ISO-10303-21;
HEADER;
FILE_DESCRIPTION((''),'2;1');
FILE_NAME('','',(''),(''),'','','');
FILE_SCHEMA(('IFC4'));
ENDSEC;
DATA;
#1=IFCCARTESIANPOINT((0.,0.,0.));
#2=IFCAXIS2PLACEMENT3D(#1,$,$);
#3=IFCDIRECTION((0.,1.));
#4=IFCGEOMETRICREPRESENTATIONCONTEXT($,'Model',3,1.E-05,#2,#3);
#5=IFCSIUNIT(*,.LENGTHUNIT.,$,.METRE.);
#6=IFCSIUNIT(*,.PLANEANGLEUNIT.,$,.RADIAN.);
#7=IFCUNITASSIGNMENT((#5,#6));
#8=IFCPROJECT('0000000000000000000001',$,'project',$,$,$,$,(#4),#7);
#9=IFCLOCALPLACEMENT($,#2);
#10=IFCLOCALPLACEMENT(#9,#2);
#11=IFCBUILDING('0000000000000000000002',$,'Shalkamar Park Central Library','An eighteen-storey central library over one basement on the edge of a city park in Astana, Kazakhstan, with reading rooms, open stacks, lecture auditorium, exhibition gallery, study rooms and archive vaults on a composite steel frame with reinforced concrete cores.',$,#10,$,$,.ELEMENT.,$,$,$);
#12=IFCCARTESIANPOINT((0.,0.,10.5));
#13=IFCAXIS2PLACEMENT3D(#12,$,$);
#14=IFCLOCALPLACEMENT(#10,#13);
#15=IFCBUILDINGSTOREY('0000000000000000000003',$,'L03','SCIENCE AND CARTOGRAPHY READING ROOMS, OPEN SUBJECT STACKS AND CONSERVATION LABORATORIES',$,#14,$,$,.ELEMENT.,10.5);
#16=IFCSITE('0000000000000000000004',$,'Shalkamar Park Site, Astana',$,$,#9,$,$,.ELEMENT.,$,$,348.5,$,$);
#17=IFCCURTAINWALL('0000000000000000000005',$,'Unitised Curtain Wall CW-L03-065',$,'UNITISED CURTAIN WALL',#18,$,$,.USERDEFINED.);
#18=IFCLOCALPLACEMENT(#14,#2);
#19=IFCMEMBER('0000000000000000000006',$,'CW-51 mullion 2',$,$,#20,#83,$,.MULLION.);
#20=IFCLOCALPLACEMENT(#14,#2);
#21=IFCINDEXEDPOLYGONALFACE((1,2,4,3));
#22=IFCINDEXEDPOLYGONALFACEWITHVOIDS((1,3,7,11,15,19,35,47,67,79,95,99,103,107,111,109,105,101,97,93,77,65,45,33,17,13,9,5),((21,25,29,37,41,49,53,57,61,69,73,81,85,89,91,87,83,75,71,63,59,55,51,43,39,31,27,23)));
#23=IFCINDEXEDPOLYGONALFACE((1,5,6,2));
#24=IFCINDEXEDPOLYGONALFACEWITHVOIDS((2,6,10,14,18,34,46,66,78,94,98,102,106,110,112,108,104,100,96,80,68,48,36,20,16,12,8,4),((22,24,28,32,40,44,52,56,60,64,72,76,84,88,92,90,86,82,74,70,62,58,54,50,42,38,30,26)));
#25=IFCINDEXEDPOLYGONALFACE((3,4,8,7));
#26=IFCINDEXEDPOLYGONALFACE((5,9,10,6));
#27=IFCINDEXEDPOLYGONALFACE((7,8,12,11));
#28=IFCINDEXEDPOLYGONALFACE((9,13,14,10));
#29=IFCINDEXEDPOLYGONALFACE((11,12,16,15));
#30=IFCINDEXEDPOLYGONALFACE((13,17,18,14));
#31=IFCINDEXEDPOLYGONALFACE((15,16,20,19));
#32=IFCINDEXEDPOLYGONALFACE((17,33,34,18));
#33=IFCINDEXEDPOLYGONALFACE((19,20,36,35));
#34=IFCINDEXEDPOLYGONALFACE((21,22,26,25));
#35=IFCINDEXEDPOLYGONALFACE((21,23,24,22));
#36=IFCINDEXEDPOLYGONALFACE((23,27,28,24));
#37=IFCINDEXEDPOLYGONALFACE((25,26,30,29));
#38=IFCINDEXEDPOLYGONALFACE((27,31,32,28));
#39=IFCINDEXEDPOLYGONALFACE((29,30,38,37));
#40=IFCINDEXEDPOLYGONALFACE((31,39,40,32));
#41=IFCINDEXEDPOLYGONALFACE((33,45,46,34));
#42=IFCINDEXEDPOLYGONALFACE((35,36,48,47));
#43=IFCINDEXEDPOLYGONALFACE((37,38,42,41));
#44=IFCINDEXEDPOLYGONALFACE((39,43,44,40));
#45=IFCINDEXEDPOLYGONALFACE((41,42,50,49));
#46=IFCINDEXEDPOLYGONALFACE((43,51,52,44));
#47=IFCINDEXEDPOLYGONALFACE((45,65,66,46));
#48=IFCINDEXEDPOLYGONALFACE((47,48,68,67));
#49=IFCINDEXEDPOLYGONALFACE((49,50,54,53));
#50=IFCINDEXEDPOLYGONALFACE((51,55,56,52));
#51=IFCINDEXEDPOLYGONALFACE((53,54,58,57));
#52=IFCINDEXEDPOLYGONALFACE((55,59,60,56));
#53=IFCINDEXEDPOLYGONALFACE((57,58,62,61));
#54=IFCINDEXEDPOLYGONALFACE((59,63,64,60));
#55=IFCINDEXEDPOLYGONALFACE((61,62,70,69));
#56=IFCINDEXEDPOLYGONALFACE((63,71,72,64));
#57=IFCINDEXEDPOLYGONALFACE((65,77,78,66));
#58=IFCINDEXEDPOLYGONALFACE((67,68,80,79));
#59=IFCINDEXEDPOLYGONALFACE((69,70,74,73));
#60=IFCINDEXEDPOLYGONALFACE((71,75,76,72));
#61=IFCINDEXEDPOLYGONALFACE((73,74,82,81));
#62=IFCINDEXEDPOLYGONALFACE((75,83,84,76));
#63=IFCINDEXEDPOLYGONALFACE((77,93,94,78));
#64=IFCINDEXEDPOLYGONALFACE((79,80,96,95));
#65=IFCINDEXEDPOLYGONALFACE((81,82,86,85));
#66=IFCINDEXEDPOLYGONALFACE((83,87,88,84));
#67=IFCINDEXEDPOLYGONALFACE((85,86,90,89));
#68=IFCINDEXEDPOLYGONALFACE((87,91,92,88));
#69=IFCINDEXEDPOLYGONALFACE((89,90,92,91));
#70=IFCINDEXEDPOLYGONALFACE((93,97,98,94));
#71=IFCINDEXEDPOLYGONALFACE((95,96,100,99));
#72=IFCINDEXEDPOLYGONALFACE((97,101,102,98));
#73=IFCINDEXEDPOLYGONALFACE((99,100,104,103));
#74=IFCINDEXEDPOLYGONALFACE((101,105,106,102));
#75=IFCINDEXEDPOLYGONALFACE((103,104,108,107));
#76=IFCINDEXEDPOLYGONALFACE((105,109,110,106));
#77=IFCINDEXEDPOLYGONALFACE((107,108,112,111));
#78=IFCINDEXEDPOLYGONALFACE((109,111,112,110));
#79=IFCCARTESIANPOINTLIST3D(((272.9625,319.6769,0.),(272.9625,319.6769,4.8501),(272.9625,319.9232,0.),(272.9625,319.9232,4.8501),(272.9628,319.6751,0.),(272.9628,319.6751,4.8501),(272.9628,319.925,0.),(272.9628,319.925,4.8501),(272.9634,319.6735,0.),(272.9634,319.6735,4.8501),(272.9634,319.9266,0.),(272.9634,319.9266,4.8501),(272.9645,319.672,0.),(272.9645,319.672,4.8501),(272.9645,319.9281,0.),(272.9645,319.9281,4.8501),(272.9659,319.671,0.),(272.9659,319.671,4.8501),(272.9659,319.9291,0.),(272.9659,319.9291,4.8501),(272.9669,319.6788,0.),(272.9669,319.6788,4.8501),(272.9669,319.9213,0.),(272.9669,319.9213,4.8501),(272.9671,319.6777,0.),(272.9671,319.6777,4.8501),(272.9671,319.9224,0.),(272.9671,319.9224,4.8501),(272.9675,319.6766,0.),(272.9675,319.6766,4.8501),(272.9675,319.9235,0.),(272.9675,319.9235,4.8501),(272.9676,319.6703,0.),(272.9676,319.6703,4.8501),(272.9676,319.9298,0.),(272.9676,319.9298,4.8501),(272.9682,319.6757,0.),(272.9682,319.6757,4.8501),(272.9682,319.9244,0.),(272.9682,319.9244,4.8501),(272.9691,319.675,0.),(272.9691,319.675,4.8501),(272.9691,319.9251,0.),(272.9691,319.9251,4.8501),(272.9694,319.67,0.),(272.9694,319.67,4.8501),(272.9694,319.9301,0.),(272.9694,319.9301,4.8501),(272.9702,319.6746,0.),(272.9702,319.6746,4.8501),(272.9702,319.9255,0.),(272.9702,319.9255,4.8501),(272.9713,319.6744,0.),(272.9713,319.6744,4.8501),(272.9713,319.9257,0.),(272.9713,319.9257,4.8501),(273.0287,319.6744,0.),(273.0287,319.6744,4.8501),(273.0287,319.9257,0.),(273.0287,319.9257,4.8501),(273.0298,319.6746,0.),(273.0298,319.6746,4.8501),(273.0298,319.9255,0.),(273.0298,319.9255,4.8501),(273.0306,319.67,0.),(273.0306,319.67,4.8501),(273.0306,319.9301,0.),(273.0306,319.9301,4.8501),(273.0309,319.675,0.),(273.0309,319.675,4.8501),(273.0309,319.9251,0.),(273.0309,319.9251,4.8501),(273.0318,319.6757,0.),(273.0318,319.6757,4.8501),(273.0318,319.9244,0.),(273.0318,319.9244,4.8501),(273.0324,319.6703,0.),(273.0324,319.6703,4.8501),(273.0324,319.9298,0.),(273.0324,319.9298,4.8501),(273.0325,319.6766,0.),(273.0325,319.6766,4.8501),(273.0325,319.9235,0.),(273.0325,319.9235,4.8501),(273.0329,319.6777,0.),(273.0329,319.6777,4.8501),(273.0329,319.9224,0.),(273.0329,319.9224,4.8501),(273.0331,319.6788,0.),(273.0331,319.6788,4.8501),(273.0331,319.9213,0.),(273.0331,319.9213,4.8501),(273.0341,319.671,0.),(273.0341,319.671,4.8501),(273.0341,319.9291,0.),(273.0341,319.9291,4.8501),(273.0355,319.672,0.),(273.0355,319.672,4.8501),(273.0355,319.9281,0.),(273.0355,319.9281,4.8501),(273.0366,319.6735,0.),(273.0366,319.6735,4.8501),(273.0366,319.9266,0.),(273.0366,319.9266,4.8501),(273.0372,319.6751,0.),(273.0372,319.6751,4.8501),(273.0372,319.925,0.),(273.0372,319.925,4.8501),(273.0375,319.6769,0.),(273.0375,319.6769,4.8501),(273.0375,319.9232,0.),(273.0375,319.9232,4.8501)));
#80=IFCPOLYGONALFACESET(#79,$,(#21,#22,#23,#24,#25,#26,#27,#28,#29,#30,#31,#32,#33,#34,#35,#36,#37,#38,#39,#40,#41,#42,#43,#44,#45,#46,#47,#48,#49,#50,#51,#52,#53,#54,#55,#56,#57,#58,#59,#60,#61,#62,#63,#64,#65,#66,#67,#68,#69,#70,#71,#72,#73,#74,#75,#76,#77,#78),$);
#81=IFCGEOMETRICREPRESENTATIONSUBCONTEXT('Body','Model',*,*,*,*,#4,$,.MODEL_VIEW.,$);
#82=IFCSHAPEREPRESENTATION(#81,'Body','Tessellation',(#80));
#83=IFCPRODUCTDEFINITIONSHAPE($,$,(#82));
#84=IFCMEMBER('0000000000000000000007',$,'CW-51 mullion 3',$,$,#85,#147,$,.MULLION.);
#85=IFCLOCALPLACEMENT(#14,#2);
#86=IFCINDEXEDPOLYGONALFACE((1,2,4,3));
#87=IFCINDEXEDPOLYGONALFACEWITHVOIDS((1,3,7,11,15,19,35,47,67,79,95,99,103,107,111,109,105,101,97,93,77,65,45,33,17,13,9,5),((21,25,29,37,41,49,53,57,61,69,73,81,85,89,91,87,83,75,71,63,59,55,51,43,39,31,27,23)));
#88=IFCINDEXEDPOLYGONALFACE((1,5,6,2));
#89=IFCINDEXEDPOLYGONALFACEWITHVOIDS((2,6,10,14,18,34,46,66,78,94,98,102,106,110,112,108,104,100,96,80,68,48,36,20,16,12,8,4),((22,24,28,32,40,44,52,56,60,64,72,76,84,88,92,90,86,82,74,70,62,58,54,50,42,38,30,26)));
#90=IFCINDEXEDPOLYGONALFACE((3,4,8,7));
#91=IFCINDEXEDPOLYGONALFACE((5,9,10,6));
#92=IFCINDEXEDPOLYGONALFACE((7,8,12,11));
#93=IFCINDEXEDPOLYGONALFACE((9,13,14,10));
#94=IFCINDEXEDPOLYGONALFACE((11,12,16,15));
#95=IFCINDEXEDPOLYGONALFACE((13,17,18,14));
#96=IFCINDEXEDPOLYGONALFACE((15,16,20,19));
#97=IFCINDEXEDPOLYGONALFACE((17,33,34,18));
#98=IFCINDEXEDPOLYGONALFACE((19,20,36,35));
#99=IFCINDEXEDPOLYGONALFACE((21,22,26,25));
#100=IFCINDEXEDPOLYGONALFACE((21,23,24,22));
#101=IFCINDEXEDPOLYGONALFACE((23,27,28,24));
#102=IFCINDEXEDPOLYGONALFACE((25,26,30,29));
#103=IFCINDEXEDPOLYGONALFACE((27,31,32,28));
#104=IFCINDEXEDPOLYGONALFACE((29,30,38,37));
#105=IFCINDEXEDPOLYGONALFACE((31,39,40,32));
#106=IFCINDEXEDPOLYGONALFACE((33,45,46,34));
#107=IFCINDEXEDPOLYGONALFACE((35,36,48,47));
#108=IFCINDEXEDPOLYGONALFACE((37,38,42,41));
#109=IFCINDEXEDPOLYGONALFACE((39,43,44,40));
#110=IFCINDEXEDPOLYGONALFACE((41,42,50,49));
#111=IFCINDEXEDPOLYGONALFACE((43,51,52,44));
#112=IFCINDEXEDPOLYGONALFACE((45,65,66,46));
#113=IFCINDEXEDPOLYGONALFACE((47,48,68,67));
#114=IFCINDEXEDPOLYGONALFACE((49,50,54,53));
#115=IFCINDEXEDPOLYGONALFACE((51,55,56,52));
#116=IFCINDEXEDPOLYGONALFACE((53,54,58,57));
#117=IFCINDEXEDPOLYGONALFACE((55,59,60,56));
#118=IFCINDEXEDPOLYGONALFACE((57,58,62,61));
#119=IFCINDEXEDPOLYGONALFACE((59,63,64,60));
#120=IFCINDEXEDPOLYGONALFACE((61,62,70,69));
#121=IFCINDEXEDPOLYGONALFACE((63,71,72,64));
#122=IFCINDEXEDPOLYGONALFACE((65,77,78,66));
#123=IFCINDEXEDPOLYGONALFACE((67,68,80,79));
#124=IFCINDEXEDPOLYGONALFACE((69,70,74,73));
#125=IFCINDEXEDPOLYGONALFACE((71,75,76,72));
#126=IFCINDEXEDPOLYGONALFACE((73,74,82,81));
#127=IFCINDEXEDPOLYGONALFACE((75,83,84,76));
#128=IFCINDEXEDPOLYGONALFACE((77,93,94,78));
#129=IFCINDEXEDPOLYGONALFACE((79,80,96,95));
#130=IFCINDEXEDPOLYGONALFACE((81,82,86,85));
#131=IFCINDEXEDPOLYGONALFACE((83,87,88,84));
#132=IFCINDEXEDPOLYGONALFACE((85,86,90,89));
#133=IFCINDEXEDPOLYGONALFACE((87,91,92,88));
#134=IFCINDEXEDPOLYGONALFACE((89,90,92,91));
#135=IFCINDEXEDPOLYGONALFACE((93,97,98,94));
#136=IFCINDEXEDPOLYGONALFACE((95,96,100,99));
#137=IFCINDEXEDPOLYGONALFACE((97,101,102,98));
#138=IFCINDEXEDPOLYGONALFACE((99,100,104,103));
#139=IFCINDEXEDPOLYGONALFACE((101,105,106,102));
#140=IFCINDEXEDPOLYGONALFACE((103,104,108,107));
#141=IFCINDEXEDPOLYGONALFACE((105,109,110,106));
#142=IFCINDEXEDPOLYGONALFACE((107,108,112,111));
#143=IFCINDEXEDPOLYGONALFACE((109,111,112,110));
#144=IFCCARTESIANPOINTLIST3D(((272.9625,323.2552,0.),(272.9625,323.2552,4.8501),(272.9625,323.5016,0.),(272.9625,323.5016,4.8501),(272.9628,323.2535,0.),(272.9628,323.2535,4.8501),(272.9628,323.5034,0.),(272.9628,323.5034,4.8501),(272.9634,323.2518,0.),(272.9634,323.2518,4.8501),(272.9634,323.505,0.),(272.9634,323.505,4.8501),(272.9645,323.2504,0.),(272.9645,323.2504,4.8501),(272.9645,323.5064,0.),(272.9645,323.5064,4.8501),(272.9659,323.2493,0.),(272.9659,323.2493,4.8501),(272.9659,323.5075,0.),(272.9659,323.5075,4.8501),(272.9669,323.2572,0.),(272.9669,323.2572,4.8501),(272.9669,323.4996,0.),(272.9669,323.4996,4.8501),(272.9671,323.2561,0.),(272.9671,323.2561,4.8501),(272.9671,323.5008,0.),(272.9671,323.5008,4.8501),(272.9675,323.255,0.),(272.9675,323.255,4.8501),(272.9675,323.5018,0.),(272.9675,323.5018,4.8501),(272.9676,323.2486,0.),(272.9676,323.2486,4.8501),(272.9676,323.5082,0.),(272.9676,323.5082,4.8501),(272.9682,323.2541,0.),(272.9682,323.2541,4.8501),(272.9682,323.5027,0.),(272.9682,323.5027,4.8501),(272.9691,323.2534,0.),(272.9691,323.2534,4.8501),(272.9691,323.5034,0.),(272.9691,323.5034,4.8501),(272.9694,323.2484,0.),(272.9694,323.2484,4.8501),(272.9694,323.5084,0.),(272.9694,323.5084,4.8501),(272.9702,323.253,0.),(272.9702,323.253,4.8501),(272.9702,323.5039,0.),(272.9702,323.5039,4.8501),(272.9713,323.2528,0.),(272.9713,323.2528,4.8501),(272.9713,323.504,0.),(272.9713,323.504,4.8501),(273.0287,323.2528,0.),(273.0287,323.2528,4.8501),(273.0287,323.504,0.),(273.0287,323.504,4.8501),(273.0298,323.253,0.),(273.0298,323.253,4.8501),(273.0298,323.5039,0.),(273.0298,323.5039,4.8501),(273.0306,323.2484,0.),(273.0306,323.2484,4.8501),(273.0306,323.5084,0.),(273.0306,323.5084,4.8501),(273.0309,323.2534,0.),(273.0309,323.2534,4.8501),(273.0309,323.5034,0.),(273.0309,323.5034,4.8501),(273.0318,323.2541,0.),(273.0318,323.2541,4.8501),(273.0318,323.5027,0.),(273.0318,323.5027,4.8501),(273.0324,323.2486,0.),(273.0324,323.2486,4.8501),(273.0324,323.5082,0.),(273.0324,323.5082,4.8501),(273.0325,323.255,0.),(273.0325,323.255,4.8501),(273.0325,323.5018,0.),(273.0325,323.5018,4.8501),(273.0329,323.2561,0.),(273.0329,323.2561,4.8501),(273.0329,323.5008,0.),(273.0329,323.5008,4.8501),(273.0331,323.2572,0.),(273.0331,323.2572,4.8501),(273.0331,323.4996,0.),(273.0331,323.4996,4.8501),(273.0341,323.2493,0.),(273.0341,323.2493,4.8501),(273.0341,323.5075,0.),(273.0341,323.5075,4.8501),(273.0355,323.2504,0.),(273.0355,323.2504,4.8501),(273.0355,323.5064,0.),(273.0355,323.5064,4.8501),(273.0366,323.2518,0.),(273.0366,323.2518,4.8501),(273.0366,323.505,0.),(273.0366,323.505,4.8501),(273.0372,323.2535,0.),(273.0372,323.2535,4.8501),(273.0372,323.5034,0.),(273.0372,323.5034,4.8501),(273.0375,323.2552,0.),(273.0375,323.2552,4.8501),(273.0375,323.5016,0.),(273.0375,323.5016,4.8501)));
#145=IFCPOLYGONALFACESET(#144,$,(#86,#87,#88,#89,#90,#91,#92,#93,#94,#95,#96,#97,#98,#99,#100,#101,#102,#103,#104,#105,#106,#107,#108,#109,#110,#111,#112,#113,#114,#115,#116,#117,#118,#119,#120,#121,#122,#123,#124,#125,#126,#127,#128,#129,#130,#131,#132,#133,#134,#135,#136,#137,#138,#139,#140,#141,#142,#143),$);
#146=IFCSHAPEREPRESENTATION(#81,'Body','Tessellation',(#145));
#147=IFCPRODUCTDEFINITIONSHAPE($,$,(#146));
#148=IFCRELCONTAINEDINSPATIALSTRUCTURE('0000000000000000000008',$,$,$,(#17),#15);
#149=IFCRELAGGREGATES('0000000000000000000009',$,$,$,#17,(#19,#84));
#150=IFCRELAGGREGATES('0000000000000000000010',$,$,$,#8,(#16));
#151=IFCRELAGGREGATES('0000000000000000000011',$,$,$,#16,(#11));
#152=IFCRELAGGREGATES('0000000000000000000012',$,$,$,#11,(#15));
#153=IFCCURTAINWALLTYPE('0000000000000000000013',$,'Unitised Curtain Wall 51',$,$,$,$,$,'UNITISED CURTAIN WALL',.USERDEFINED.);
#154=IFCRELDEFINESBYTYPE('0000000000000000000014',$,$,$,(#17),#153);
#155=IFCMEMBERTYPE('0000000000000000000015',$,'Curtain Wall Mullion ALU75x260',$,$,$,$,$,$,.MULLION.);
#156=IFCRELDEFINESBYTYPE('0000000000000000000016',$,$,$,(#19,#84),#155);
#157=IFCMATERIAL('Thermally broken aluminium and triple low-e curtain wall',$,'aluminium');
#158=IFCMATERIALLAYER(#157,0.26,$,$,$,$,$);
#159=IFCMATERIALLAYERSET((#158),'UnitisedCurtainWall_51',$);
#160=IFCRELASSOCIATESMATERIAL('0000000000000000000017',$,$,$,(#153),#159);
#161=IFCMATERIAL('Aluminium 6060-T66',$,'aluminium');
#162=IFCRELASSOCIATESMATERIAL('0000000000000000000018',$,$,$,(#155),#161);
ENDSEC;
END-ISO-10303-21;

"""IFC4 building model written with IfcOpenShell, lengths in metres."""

from ifc_helpers import new_model, si_unit, direction, frame, origin, origin_2d, place, context, subcontext, project, spatial, hollow_rectangle, extrude, material, layer, layer_set, material_profile, profile_set, type_object, element, aggregate, save


model = new_model("IFC4")

# Units and contexts
model_context = context("Model", 3, precision=1e-05, world=origin(), true_north=direction((0.0, 1.0)))
body_context = subcontext(model_context, "Body", "Model", "MODEL_VIEW")
ifc_project = project(units=[si_unit("LENGTHUNIT", "METRE"), si_unit("PLANEANGLEUNIT", "RADIAN")], contexts=[model_context])

# Site, building, storey
site_placement = place(None, origin())
site = spatial("IfcSite", under=ifc_project, at=site_placement, Name="Shalkamar Park Site, Astana", CompositionType="ELEMENT", RefElevation=348.5)
building_placement = place(site_placement, origin())
building = spatial("IfcBuilding", under=site, at=building_placement, Name="Shalkamar Park Central Library", Description="An eighteen-storey central library over one basement on the edge of a city park in Astana, Kazakhstan, with reading rooms, open stacks, lecture auditorium, exhibition gallery, study rooms and archive vaults on a composite steel frame with reinforced concrete cores.", CompositionType="ELEMENT")
storey_placement = place(building_placement, frame((0.0, 0.0, 10.5)))
storey = spatial("IfcBuildingStorey", under=building, at=storey_placement, Name="L03", Description="SCIENCE AND CARTOGRAPHY READING ROOMS, OPEN SUBJECT STACKS AND CONSERVATION LABORATORIES", CompositionType="ELEMENT", Elevation=10.5)

# Curtain wall, members
ifc_material_1 = material(Name="Thermally broken aluminium and triple low-e curtain wall", Category="aluminium")
ifc_layer_1 = layer(ifc_material_1, 0.26)
ifc_layer_set_1 = layer_set([ifc_layer_1], Name="UnitisedCurtainWall_51")
curtain_wall_type_1 = type_object("IfcCurtainWallType", Name="Unitised Curtain Wall 51", ElementType="UNITISED CURTAIN WALL", PredefinedType="USERDEFINED", material=ifc_layer_set_1)
curtain_wall_1_placement = place(storey_placement, origin())
curtain_wall_1 = element("IfcCurtainWall", 1, at=curtain_wall_1_placement, inside=storey, type_object=curtain_wall_type_1, Name="Unitised Curtain Wall CW-L03-065", ObjectType="UNITISED CURTAIN WALL", PredefinedType="USERDEFINED")
ifc_material_2 = material(Name="Aluminium 6060-T66", Category="aluminium")
ifc_material_profile_1 = material_profile(ifc_material_2, hollow_rectangle(XDim=0.075, YDim=0.26, WallThickness=0.0044, InnerFilletRadius=0.0044, OuterFilletRadius=0.0068, at=origin_2d()), Name="ALU 75x260x4.5")
ifc_profile_set_1 = profile_set([ifc_material_profile_1], Name="Aluminium 6060-T66")
member_type_1 = type_object("IfcMemberType", Name="Curtain Wall Mullion ALU75x260", PredefinedType="MULLION", material=ifc_profile_set_1)
member_1_placement = place(storey_placement, frame((273.0, 319.8, 0.0), z_axis=(0.0, 0.0, 1.0), x_axis=(-1.0, 0.0, 0.0)))
member_1 = element("IfcMember", 2, at=member_1_placement, type_object=member_type_1, Name="CW-51 mullion 2", PredefinedType="MULLION", context=body_context, shape_type="SweptSolid", body=[
    extrude(hollow_rectangle(XDim=0.075, YDim=0.26, WallThickness=0.0044, InnerFilletRadius=0.0044, OuterFilletRadius=0.0068, at=origin_2d()), origin(), (0.0, 0.0, 1.0), 4.8501),
])
member_2_placement = place(storey_placement, frame((273.0, 323.3784, 0.0), z_axis=(0.0, 0.0, 1.0), x_axis=(-1.0, 0.0, 0.0)))
member_2 = element("IfcMember", 3, at=member_2_placement, type_object=member_type_1, Name="CW-51 mullion 3", PredefinedType="MULLION", context=body_context, shape_type="SweptSolid", body=[
    extrude(hollow_rectangle(XDim=0.075, YDim=0.26, WallThickness=0.0044, InnerFilletRadius=0.0044, OuterFilletRadius=0.0068, at=origin_2d()), origin(), (0.0, 0.0, 1.0), 4.8501),
])

aggregate(curtain_wall_1, [member_1, member_2])

save(model, "model.ifc")
